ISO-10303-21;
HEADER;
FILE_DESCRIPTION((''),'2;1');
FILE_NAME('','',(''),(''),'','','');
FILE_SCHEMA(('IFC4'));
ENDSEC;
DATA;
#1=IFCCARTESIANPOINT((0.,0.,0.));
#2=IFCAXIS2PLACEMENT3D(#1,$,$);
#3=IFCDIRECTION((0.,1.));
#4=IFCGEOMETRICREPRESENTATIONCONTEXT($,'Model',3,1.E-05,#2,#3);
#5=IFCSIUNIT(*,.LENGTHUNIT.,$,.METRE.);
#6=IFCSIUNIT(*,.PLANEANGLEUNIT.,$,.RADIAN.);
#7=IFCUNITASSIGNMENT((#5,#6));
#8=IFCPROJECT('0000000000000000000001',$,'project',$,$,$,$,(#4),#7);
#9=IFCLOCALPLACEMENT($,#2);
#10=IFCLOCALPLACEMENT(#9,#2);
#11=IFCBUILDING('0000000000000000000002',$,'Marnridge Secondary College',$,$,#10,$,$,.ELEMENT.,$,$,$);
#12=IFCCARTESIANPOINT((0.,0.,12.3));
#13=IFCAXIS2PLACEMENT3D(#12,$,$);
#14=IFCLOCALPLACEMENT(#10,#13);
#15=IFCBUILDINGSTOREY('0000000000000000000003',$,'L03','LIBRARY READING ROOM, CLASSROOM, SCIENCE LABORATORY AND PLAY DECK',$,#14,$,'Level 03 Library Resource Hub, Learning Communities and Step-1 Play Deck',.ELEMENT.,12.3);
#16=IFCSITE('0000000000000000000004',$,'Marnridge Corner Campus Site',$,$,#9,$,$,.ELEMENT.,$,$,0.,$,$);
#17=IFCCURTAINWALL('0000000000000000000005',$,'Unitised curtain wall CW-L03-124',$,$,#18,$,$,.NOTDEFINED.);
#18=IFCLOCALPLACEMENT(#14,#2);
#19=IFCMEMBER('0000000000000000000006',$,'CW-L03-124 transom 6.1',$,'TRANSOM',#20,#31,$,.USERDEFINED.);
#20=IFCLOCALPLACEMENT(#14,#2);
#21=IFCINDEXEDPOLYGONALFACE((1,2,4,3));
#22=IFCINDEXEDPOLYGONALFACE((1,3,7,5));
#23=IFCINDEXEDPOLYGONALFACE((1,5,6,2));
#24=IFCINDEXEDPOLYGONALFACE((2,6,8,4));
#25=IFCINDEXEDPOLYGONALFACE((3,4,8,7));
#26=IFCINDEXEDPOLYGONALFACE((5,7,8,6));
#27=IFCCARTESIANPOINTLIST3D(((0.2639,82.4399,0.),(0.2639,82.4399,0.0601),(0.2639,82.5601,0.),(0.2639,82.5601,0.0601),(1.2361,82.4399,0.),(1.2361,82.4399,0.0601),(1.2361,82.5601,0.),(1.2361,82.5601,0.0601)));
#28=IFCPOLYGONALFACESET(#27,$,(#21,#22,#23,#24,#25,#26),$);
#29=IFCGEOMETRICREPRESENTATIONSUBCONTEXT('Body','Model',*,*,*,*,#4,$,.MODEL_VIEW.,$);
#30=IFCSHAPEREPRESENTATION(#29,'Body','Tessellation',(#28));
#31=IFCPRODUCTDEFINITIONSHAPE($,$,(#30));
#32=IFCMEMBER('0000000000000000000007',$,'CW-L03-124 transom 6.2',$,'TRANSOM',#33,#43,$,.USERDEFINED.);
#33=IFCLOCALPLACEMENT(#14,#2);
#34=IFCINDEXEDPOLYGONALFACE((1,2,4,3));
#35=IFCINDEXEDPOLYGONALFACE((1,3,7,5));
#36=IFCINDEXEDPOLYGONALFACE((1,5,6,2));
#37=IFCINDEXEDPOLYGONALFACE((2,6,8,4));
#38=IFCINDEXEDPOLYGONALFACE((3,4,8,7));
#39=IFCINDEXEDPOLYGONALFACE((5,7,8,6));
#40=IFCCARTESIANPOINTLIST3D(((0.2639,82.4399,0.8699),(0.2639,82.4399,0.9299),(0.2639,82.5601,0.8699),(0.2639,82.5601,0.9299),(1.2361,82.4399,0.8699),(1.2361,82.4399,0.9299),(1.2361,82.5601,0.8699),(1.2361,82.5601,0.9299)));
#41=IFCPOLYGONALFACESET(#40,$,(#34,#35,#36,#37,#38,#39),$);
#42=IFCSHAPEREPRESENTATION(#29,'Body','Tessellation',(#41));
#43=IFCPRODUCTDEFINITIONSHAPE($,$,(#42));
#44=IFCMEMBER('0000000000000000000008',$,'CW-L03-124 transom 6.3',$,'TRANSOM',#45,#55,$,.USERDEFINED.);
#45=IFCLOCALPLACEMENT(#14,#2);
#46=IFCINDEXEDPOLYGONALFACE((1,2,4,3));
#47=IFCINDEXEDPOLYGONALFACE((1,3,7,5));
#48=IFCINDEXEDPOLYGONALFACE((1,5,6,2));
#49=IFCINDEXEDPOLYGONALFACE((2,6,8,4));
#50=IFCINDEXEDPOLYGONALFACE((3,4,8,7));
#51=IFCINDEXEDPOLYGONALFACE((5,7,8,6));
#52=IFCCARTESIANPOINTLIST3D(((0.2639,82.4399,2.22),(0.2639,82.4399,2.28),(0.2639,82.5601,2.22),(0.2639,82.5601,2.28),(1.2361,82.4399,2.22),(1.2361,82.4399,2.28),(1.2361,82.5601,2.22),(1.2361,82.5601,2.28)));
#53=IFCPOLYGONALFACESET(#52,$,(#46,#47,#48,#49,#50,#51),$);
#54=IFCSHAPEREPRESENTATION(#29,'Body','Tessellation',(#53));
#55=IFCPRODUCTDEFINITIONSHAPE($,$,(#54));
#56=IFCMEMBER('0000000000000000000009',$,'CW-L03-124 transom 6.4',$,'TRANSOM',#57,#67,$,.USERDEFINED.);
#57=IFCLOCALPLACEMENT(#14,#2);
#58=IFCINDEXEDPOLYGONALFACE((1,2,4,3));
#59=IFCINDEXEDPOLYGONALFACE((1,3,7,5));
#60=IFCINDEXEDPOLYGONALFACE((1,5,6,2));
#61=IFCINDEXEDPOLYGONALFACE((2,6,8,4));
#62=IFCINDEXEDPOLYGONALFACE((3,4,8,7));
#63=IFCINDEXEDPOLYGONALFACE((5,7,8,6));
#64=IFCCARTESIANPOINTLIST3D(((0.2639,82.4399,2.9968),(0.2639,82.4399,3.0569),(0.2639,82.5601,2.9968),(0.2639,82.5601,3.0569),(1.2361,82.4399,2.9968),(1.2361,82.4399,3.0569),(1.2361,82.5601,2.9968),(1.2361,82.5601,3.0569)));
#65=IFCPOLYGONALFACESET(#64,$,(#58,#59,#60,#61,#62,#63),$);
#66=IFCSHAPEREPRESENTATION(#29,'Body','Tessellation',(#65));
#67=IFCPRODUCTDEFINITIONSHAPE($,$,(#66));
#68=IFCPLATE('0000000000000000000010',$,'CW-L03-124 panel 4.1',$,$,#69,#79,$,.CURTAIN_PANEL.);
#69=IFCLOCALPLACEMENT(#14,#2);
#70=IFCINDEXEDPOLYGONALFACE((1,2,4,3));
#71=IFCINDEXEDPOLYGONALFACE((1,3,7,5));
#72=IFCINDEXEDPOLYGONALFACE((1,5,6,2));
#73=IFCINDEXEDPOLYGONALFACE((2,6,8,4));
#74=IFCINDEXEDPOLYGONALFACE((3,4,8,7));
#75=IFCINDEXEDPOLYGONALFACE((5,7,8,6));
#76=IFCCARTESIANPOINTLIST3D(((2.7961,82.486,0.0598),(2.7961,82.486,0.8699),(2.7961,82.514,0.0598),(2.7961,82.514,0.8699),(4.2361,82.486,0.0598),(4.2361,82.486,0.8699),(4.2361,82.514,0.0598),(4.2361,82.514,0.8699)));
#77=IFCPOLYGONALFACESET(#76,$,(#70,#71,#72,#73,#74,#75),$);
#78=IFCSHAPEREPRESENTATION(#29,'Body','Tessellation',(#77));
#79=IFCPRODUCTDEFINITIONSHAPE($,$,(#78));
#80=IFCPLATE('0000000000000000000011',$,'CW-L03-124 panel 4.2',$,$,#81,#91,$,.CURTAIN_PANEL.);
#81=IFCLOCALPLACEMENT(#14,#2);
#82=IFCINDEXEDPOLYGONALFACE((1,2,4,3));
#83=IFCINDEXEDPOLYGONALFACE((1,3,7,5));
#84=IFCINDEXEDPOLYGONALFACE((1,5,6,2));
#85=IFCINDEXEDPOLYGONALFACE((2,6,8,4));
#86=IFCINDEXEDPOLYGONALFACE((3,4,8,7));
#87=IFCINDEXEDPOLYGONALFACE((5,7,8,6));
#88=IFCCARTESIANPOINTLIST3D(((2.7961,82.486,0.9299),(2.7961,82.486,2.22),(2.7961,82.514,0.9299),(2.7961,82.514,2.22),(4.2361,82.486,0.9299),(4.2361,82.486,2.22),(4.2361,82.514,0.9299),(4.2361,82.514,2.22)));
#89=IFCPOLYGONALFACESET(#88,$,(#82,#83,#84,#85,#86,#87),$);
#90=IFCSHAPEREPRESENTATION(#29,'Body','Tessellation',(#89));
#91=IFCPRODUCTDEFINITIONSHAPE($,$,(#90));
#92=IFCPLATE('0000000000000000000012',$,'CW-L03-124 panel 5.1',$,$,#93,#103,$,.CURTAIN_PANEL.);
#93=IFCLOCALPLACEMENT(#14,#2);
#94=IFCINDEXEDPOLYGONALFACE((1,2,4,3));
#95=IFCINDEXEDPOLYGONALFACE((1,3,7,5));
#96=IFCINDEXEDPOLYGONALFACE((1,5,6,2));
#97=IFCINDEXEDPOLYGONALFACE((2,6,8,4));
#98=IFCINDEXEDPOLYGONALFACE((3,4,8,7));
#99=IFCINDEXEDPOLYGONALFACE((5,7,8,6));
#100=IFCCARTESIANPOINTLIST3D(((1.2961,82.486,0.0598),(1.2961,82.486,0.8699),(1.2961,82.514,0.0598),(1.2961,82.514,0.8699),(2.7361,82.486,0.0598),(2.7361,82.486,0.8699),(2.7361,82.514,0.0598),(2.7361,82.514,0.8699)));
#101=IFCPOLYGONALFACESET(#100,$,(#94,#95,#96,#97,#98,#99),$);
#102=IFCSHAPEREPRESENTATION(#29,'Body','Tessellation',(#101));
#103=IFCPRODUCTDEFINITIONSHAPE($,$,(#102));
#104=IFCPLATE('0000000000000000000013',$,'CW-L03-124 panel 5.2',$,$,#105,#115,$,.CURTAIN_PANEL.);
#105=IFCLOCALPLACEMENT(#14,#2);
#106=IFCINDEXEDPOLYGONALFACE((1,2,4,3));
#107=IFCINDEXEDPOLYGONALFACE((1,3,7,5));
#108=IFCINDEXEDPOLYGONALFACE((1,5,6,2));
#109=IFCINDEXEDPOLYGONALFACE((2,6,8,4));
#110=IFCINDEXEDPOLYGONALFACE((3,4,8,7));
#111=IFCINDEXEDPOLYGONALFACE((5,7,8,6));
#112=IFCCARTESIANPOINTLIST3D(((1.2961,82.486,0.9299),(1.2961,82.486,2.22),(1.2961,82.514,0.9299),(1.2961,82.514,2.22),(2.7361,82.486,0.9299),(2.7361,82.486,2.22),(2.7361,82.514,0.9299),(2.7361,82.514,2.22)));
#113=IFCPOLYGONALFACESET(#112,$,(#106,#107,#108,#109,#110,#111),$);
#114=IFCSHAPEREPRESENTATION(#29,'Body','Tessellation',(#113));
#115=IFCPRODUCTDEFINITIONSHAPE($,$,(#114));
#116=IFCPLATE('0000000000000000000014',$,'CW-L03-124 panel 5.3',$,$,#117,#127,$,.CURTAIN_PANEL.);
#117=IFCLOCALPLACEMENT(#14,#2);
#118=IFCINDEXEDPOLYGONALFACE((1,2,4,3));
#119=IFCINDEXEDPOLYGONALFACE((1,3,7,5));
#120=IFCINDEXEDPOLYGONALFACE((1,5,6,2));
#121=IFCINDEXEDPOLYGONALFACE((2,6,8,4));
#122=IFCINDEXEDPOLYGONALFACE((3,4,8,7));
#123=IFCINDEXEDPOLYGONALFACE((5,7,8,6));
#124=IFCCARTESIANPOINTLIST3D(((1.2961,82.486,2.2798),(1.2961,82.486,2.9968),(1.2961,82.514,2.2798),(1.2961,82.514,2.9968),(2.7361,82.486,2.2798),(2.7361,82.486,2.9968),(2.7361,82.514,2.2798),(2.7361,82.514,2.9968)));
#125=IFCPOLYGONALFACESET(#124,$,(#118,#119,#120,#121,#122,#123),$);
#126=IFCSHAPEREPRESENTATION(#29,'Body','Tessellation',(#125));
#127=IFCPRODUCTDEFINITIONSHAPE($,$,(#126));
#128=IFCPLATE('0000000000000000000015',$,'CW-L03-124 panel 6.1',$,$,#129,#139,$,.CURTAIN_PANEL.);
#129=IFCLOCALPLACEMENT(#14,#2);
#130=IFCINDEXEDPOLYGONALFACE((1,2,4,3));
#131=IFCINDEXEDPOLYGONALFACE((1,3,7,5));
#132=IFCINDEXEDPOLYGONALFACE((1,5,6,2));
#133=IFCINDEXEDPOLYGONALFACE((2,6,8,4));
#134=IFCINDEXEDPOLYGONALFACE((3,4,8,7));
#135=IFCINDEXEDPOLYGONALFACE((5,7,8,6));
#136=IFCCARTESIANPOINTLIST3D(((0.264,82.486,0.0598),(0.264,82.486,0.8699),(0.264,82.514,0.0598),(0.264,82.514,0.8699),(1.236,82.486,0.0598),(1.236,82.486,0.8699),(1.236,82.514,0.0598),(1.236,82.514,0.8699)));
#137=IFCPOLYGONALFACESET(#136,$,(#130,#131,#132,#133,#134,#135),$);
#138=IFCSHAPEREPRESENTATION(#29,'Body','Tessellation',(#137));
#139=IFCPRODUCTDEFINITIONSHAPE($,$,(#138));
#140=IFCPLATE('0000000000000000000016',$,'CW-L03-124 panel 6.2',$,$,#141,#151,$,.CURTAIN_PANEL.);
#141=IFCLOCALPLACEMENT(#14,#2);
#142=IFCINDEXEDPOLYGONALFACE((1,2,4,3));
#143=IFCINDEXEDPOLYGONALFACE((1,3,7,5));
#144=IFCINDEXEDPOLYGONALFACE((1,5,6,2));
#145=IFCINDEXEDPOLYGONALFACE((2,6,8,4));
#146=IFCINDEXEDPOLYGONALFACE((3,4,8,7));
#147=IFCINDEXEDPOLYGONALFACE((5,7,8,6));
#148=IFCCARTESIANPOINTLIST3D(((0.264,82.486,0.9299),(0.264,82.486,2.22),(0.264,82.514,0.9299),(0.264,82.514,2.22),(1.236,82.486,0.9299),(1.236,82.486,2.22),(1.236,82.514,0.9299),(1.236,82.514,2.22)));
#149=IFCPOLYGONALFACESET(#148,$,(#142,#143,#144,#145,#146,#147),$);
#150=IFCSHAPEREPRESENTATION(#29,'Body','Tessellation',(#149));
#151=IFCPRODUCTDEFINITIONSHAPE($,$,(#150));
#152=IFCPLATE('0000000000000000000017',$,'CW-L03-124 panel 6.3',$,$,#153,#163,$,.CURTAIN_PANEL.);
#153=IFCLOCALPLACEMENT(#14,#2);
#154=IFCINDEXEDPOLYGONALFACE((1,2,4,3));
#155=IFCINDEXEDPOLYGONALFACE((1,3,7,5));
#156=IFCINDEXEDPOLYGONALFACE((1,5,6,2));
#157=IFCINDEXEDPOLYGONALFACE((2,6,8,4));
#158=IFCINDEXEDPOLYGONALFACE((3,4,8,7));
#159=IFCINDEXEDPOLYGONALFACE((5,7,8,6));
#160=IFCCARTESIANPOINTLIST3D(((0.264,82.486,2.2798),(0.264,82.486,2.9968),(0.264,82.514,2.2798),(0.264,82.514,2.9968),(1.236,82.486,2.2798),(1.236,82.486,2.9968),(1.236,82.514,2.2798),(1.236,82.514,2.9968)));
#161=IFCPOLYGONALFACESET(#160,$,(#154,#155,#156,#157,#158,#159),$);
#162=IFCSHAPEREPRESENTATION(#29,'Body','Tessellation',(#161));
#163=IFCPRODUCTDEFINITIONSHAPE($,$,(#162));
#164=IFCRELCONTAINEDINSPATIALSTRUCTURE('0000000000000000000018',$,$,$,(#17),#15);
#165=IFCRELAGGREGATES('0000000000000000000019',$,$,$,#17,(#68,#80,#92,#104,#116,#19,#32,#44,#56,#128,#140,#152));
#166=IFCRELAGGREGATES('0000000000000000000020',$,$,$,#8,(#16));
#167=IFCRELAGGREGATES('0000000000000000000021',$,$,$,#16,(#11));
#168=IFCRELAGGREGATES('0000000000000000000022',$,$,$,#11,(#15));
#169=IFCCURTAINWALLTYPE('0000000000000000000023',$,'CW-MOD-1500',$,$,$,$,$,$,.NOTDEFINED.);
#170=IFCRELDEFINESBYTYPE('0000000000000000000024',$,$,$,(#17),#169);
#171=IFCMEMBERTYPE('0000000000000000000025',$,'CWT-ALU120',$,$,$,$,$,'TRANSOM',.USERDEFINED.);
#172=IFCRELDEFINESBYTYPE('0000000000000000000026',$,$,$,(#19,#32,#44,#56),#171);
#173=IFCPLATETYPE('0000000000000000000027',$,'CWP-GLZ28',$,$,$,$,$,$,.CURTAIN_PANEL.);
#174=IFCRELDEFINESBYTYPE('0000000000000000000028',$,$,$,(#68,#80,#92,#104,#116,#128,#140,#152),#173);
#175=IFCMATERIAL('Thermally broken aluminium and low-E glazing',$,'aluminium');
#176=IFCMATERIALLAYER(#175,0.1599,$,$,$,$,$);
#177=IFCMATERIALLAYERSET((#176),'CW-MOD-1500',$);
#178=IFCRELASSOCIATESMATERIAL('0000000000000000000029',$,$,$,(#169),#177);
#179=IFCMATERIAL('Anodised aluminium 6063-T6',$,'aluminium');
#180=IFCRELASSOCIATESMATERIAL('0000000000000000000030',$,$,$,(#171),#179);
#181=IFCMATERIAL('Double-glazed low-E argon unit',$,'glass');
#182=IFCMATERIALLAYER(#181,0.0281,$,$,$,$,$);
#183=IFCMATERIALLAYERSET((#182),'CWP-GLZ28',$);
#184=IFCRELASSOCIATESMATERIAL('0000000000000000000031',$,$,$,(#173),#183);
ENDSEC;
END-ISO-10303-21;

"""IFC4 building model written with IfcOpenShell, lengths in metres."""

from ifc_helpers import new_model, si_unit, direction, frame, origin, origin_2d, place, context, subcontext, project, spatial, rectangle, extrude, material, layer, layer_set, material_profile, profile_set, type_object, element, aggregate, save


model = new_model("IFC4")

# Units and contexts
model_context = context("Model", 3, precision=1e-05, world=origin(), true_north=direction((0.0, 1.0)))
body_context = subcontext(model_context, "Body", "Model", "MODEL_VIEW")
ifc_project = project(units=[si_unit("LENGTHUNIT", "METRE"), si_unit("PLANEANGLEUNIT", "RADIAN")], contexts=[model_context])

# Site, building, storey
site_placement = place(None, origin())
site = spatial("IfcSite", under=ifc_project, at=site_placement, Name="Marnridge Corner Campus Site", CompositionType="ELEMENT", RefElevation=0.0)
building_placement = place(site_placement, origin())
building = spatial("IfcBuilding", under=site, at=building_placement, Name="Marnridge Secondary College", CompositionType="ELEMENT")
storey_placement = place(building_placement, frame((0.0, 0.0, 12.3)))
storey = spatial("IfcBuildingStorey", under=building, at=storey_placement, Name="L03", Description="LIBRARY READING ROOM, CLASSROOM, SCIENCE LABORATORY AND PLAY DECK", LongName="Level 03 Library Resource Hub, Learning Communities and Step-1 Play Deck", CompositionType="ELEMENT", Elevation=12.3)

# Curtain wall
ifc_material_1 = material(Name="Thermally broken aluminium and low-E glazing", Category="aluminium")
ifc_layer_1 = layer(ifc_material_1, 0.1599)
ifc_layer_set_1 = layer_set([ifc_layer_1], Name="CW-MOD-1500")
curtain_wall_type_1 = type_object("IfcCurtainWallType", Name="CW-MOD-1500", PredefinedType="NOTDEFINED", material=ifc_layer_set_1)
curtain_wall_1_placement = place(storey_placement, origin())
curtain_wall_1 = element("IfcCurtainWall", 1, at=curtain_wall_1_placement, inside=storey, type_object=curtain_wall_type_1, Name="Unitised curtain wall CW-L03-124", PredefinedType="NOTDEFINED")

# Members
ifc_material_2 = material(Name="Anodised aluminium 6063-T6", Category="aluminium")
ifc_material_profile_1 = material_profile(ifc_material_2, rectangle(XDim=0.0601, YDim=0.1201, at=origin_2d()), Name="ALU 60x120")
ifc_profile_set_1 = profile_set([ifc_material_profile_1], Name="Anodised aluminium 6063-T6")
member_type_1 = type_object("IfcMemberType", Name="CWT-ALU120", ElementType="TRANSOM", PredefinedType="USERDEFINED", material=ifc_profile_set_1)
member_1_placement = place(storey_placement, frame((1.2361, 82.5, 0.03), z_axis=(-1.0, 0.0, 0.0), x_axis=(0.0, 0.0, 1.0)))
member_1 = element("IfcMember", 2, at=member_1_placement, type_object=member_type_1, Name="CW-L03-124 transom 6.1", ObjectType="TRANSOM", PredefinedType="USERDEFINED", context=body_context, shape_type="SweptSolid", body=[
    extrude(rectangle(XDim=0.0601, YDim=0.1201, at=origin_2d()), origin(), (0.0, 0.0, 1.0), 0.9722),
])
member_2_placement = place(storey_placement, frame((1.2361, 82.5, 0.8999), z_axis=(-1.0, 0.0, 0.0), x_axis=(0.0, 0.0, 1.0)))
member_2 = element("IfcMember", 3, at=member_2_placement, type_object=member_type_1, Name="CW-L03-124 transom 6.2", ObjectType="TRANSOM", PredefinedType="USERDEFINED", context=body_context, shape_type="SweptSolid", body=[
    extrude(rectangle(XDim=0.0601, YDim=0.1201, at=origin_2d()), origin(), (0.0, 0.0, 1.0), 0.9722),
])
member_3_placement = place(storey_placement, frame((1.2361, 82.5, 2.25), z_axis=(-1.0, 0.0, 0.0), x_axis=(0.0, 0.0, 1.0)))
member_3 = element("IfcMember", 4, at=member_3_placement, type_object=member_type_1, Name="CW-L03-124 transom 6.3", ObjectType="TRANSOM", PredefinedType="USERDEFINED", context=body_context, shape_type="SweptSolid", body=[
    extrude(rectangle(XDim=0.0601, YDim=0.1201, at=origin_2d()), origin(), (0.0, 0.0, 1.0), 0.9722),
])
member_4_placement = place(storey_placement, frame((1.2361, 82.5, 3.0269), z_axis=(-1.0, 0.0, 0.0), x_axis=(0.0, 0.0, 1.0)))
member_4 = element("IfcMember", 5, at=member_4_placement, type_object=member_type_1, Name="CW-L03-124 transom 6.4", ObjectType="TRANSOM", PredefinedType="USERDEFINED", context=body_context, shape_type="SweptSolid", body=[
    extrude(rectangle(XDim=0.0601, YDim=0.1201, at=origin_2d()), origin(), (0.0, 0.0, 1.0), 0.9722),
])

# Plates
ifc_material_3 = material(Name="Double-glazed low-E argon unit", Category="glass")
ifc_layer_2 = layer(ifc_material_3, 0.0281)
ifc_layer_set_2 = layer_set([ifc_layer_2], Name="CWP-GLZ28")
plate_type = type_object("IfcPlateType", Name="CWP-GLZ28", PredefinedType="CURTAIN_PANEL", material=ifc_layer_set_2)
plate_1_placement = place(storey_placement, frame((3.5161, 82.5, 0.0598), z_axis=(0.0, 0.0, 1.0), x_axis=(-1.0, 0.0, 0.0)))
plate_1 = element("IfcPlate", 6, at=plate_1_placement, type_object=plate_type, Name="CW-L03-124 panel 4.1", PredefinedType="CURTAIN_PANEL", context=body_context, shape_type="SweptSolid", body=[
    extrude(rectangle(XDim=1.4399, YDim=0.0281, at=origin_2d()), origin(), (0.0, 0.0, 1.0), 0.8101),
])
plate_2_placement = place(storey_placement, frame((3.5161, 82.5, 0.9299), z_axis=(0.0, 0.0, 1.0), x_axis=(-1.0, 0.0, 0.0)))
plate_2 = element("IfcPlate", 7, at=plate_2_placement, type_object=plate_type, Name="CW-L03-124 panel 4.2", PredefinedType="CURTAIN_PANEL", context=body_context, shape_type="SweptSolid", body=[
    extrude(rectangle(XDim=1.4399, YDim=0.0281, at=origin_2d()), origin(), (0.0, 0.0, 1.0), 1.29),
])
plate_3_placement = place(storey_placement, frame((2.0161, 82.5, 0.0598), z_axis=(0.0, 0.0, 1.0), x_axis=(-1.0, 0.0, 0.0)))
plate_3 = element("IfcPlate", 8, at=plate_3_placement, type_object=plate_type, Name="CW-L03-124 panel 5.1", PredefinedType="CURTAIN_PANEL", context=body_context, shape_type="SweptSolid", body=[
    extrude(rectangle(XDim=1.4399, YDim=0.0281, at=origin_2d()), origin(), (0.0, 0.0, 1.0), 0.8101),
])
plate_4_placement = place(storey_placement, frame((2.0161, 82.5, 0.9299), z_axis=(0.0, 0.0, 1.0), x_axis=(-1.0, 0.0, 0.0)))
plate_4 = element("IfcPlate", 9, at=plate_4_placement, type_object=plate_type, Name="CW-L03-124 panel 5.2", PredefinedType="CURTAIN_PANEL", context=body_context, shape_type="SweptSolid", body=[
    extrude(rectangle(XDim=1.4399, YDim=0.0281, at=origin_2d()), origin(), (0.0, 0.0, 1.0), 1.29),
])
plate_5_placement = place(storey_placement, frame((2.0161, 82.5, 2.2798), z_axis=(0.0, 0.0, 1.0), x_axis=(-1.0, 0.0, 0.0)))
plate_5 = element("IfcPlate", 10, at=plate_5_placement, type_object=plate_type, Name="CW-L03-124 panel 5.3", PredefinedType="CURTAIN_PANEL", context=body_context, shape_type="SweptSolid", body=[
    extrude(rectangle(XDim=1.4399, YDim=0.0281, at=origin_2d()), origin(), (0.0, 0.0, 1.0), 0.717),
])
plate_6_placement = place(storey_placement, frame((0.75, 82.5, 0.0598), z_axis=(0.0, 0.0, 1.0), x_axis=(-1.0, 0.0, 0.0)))
plate_6 = element("IfcPlate", 11, at=plate_6_placement, type_object=plate_type, Name="CW-L03-124 panel 6.1", PredefinedType="CURTAIN_PANEL", context=body_context, shape_type="SweptSolid", body=[
    extrude(rectangle(XDim=0.9719, YDim=0.0281, at=origin_2d()), origin(), (0.0, 0.0, 1.0), 0.8101),
])
plate_7_placement = place(storey_placement, frame((0.75, 82.5, 0.9299), z_axis=(0.0, 0.0, 1.0), x_axis=(-1.0, 0.0, 0.0)))
plate_7 = element("IfcPlate", 12, at=plate_7_placement, type_object=plate_type, Name="CW-L03-124 panel 6.2", PredefinedType="CURTAIN_PANEL", context=body_context, shape_type="SweptSolid", body=[
    extrude(rectangle(XDim=0.9719, YDim=0.0281, at=origin_2d()), origin(), (0.0, 0.0, 1.0), 1.29),
])
plate_8_placement = place(storey_placement, frame((0.75, 82.5, 2.2798), z_axis=(0.0, 0.0, 1.0), x_axis=(-1.0, 0.0, 0.0)))
plate_8 = element("IfcPlate", 13, at=plate_8_placement, type_object=plate_type, Name="CW-L03-124 panel 6.3", PredefinedType="CURTAIN_PANEL", context=body_context, shape_type="SweptSolid", body=[
    extrude(rectangle(XDim=0.9719, YDim=0.0281, at=origin_2d()), origin(), (0.0, 0.0, 1.0), 0.717),
])
aggregate(curtain_wall_1, [plate_1, plate_2, plate_3, plate_4, plate_5, member_1, member_2, member_3, member_4, plate_6, plate_7, plate_8])

save(model, "model.ifc")
